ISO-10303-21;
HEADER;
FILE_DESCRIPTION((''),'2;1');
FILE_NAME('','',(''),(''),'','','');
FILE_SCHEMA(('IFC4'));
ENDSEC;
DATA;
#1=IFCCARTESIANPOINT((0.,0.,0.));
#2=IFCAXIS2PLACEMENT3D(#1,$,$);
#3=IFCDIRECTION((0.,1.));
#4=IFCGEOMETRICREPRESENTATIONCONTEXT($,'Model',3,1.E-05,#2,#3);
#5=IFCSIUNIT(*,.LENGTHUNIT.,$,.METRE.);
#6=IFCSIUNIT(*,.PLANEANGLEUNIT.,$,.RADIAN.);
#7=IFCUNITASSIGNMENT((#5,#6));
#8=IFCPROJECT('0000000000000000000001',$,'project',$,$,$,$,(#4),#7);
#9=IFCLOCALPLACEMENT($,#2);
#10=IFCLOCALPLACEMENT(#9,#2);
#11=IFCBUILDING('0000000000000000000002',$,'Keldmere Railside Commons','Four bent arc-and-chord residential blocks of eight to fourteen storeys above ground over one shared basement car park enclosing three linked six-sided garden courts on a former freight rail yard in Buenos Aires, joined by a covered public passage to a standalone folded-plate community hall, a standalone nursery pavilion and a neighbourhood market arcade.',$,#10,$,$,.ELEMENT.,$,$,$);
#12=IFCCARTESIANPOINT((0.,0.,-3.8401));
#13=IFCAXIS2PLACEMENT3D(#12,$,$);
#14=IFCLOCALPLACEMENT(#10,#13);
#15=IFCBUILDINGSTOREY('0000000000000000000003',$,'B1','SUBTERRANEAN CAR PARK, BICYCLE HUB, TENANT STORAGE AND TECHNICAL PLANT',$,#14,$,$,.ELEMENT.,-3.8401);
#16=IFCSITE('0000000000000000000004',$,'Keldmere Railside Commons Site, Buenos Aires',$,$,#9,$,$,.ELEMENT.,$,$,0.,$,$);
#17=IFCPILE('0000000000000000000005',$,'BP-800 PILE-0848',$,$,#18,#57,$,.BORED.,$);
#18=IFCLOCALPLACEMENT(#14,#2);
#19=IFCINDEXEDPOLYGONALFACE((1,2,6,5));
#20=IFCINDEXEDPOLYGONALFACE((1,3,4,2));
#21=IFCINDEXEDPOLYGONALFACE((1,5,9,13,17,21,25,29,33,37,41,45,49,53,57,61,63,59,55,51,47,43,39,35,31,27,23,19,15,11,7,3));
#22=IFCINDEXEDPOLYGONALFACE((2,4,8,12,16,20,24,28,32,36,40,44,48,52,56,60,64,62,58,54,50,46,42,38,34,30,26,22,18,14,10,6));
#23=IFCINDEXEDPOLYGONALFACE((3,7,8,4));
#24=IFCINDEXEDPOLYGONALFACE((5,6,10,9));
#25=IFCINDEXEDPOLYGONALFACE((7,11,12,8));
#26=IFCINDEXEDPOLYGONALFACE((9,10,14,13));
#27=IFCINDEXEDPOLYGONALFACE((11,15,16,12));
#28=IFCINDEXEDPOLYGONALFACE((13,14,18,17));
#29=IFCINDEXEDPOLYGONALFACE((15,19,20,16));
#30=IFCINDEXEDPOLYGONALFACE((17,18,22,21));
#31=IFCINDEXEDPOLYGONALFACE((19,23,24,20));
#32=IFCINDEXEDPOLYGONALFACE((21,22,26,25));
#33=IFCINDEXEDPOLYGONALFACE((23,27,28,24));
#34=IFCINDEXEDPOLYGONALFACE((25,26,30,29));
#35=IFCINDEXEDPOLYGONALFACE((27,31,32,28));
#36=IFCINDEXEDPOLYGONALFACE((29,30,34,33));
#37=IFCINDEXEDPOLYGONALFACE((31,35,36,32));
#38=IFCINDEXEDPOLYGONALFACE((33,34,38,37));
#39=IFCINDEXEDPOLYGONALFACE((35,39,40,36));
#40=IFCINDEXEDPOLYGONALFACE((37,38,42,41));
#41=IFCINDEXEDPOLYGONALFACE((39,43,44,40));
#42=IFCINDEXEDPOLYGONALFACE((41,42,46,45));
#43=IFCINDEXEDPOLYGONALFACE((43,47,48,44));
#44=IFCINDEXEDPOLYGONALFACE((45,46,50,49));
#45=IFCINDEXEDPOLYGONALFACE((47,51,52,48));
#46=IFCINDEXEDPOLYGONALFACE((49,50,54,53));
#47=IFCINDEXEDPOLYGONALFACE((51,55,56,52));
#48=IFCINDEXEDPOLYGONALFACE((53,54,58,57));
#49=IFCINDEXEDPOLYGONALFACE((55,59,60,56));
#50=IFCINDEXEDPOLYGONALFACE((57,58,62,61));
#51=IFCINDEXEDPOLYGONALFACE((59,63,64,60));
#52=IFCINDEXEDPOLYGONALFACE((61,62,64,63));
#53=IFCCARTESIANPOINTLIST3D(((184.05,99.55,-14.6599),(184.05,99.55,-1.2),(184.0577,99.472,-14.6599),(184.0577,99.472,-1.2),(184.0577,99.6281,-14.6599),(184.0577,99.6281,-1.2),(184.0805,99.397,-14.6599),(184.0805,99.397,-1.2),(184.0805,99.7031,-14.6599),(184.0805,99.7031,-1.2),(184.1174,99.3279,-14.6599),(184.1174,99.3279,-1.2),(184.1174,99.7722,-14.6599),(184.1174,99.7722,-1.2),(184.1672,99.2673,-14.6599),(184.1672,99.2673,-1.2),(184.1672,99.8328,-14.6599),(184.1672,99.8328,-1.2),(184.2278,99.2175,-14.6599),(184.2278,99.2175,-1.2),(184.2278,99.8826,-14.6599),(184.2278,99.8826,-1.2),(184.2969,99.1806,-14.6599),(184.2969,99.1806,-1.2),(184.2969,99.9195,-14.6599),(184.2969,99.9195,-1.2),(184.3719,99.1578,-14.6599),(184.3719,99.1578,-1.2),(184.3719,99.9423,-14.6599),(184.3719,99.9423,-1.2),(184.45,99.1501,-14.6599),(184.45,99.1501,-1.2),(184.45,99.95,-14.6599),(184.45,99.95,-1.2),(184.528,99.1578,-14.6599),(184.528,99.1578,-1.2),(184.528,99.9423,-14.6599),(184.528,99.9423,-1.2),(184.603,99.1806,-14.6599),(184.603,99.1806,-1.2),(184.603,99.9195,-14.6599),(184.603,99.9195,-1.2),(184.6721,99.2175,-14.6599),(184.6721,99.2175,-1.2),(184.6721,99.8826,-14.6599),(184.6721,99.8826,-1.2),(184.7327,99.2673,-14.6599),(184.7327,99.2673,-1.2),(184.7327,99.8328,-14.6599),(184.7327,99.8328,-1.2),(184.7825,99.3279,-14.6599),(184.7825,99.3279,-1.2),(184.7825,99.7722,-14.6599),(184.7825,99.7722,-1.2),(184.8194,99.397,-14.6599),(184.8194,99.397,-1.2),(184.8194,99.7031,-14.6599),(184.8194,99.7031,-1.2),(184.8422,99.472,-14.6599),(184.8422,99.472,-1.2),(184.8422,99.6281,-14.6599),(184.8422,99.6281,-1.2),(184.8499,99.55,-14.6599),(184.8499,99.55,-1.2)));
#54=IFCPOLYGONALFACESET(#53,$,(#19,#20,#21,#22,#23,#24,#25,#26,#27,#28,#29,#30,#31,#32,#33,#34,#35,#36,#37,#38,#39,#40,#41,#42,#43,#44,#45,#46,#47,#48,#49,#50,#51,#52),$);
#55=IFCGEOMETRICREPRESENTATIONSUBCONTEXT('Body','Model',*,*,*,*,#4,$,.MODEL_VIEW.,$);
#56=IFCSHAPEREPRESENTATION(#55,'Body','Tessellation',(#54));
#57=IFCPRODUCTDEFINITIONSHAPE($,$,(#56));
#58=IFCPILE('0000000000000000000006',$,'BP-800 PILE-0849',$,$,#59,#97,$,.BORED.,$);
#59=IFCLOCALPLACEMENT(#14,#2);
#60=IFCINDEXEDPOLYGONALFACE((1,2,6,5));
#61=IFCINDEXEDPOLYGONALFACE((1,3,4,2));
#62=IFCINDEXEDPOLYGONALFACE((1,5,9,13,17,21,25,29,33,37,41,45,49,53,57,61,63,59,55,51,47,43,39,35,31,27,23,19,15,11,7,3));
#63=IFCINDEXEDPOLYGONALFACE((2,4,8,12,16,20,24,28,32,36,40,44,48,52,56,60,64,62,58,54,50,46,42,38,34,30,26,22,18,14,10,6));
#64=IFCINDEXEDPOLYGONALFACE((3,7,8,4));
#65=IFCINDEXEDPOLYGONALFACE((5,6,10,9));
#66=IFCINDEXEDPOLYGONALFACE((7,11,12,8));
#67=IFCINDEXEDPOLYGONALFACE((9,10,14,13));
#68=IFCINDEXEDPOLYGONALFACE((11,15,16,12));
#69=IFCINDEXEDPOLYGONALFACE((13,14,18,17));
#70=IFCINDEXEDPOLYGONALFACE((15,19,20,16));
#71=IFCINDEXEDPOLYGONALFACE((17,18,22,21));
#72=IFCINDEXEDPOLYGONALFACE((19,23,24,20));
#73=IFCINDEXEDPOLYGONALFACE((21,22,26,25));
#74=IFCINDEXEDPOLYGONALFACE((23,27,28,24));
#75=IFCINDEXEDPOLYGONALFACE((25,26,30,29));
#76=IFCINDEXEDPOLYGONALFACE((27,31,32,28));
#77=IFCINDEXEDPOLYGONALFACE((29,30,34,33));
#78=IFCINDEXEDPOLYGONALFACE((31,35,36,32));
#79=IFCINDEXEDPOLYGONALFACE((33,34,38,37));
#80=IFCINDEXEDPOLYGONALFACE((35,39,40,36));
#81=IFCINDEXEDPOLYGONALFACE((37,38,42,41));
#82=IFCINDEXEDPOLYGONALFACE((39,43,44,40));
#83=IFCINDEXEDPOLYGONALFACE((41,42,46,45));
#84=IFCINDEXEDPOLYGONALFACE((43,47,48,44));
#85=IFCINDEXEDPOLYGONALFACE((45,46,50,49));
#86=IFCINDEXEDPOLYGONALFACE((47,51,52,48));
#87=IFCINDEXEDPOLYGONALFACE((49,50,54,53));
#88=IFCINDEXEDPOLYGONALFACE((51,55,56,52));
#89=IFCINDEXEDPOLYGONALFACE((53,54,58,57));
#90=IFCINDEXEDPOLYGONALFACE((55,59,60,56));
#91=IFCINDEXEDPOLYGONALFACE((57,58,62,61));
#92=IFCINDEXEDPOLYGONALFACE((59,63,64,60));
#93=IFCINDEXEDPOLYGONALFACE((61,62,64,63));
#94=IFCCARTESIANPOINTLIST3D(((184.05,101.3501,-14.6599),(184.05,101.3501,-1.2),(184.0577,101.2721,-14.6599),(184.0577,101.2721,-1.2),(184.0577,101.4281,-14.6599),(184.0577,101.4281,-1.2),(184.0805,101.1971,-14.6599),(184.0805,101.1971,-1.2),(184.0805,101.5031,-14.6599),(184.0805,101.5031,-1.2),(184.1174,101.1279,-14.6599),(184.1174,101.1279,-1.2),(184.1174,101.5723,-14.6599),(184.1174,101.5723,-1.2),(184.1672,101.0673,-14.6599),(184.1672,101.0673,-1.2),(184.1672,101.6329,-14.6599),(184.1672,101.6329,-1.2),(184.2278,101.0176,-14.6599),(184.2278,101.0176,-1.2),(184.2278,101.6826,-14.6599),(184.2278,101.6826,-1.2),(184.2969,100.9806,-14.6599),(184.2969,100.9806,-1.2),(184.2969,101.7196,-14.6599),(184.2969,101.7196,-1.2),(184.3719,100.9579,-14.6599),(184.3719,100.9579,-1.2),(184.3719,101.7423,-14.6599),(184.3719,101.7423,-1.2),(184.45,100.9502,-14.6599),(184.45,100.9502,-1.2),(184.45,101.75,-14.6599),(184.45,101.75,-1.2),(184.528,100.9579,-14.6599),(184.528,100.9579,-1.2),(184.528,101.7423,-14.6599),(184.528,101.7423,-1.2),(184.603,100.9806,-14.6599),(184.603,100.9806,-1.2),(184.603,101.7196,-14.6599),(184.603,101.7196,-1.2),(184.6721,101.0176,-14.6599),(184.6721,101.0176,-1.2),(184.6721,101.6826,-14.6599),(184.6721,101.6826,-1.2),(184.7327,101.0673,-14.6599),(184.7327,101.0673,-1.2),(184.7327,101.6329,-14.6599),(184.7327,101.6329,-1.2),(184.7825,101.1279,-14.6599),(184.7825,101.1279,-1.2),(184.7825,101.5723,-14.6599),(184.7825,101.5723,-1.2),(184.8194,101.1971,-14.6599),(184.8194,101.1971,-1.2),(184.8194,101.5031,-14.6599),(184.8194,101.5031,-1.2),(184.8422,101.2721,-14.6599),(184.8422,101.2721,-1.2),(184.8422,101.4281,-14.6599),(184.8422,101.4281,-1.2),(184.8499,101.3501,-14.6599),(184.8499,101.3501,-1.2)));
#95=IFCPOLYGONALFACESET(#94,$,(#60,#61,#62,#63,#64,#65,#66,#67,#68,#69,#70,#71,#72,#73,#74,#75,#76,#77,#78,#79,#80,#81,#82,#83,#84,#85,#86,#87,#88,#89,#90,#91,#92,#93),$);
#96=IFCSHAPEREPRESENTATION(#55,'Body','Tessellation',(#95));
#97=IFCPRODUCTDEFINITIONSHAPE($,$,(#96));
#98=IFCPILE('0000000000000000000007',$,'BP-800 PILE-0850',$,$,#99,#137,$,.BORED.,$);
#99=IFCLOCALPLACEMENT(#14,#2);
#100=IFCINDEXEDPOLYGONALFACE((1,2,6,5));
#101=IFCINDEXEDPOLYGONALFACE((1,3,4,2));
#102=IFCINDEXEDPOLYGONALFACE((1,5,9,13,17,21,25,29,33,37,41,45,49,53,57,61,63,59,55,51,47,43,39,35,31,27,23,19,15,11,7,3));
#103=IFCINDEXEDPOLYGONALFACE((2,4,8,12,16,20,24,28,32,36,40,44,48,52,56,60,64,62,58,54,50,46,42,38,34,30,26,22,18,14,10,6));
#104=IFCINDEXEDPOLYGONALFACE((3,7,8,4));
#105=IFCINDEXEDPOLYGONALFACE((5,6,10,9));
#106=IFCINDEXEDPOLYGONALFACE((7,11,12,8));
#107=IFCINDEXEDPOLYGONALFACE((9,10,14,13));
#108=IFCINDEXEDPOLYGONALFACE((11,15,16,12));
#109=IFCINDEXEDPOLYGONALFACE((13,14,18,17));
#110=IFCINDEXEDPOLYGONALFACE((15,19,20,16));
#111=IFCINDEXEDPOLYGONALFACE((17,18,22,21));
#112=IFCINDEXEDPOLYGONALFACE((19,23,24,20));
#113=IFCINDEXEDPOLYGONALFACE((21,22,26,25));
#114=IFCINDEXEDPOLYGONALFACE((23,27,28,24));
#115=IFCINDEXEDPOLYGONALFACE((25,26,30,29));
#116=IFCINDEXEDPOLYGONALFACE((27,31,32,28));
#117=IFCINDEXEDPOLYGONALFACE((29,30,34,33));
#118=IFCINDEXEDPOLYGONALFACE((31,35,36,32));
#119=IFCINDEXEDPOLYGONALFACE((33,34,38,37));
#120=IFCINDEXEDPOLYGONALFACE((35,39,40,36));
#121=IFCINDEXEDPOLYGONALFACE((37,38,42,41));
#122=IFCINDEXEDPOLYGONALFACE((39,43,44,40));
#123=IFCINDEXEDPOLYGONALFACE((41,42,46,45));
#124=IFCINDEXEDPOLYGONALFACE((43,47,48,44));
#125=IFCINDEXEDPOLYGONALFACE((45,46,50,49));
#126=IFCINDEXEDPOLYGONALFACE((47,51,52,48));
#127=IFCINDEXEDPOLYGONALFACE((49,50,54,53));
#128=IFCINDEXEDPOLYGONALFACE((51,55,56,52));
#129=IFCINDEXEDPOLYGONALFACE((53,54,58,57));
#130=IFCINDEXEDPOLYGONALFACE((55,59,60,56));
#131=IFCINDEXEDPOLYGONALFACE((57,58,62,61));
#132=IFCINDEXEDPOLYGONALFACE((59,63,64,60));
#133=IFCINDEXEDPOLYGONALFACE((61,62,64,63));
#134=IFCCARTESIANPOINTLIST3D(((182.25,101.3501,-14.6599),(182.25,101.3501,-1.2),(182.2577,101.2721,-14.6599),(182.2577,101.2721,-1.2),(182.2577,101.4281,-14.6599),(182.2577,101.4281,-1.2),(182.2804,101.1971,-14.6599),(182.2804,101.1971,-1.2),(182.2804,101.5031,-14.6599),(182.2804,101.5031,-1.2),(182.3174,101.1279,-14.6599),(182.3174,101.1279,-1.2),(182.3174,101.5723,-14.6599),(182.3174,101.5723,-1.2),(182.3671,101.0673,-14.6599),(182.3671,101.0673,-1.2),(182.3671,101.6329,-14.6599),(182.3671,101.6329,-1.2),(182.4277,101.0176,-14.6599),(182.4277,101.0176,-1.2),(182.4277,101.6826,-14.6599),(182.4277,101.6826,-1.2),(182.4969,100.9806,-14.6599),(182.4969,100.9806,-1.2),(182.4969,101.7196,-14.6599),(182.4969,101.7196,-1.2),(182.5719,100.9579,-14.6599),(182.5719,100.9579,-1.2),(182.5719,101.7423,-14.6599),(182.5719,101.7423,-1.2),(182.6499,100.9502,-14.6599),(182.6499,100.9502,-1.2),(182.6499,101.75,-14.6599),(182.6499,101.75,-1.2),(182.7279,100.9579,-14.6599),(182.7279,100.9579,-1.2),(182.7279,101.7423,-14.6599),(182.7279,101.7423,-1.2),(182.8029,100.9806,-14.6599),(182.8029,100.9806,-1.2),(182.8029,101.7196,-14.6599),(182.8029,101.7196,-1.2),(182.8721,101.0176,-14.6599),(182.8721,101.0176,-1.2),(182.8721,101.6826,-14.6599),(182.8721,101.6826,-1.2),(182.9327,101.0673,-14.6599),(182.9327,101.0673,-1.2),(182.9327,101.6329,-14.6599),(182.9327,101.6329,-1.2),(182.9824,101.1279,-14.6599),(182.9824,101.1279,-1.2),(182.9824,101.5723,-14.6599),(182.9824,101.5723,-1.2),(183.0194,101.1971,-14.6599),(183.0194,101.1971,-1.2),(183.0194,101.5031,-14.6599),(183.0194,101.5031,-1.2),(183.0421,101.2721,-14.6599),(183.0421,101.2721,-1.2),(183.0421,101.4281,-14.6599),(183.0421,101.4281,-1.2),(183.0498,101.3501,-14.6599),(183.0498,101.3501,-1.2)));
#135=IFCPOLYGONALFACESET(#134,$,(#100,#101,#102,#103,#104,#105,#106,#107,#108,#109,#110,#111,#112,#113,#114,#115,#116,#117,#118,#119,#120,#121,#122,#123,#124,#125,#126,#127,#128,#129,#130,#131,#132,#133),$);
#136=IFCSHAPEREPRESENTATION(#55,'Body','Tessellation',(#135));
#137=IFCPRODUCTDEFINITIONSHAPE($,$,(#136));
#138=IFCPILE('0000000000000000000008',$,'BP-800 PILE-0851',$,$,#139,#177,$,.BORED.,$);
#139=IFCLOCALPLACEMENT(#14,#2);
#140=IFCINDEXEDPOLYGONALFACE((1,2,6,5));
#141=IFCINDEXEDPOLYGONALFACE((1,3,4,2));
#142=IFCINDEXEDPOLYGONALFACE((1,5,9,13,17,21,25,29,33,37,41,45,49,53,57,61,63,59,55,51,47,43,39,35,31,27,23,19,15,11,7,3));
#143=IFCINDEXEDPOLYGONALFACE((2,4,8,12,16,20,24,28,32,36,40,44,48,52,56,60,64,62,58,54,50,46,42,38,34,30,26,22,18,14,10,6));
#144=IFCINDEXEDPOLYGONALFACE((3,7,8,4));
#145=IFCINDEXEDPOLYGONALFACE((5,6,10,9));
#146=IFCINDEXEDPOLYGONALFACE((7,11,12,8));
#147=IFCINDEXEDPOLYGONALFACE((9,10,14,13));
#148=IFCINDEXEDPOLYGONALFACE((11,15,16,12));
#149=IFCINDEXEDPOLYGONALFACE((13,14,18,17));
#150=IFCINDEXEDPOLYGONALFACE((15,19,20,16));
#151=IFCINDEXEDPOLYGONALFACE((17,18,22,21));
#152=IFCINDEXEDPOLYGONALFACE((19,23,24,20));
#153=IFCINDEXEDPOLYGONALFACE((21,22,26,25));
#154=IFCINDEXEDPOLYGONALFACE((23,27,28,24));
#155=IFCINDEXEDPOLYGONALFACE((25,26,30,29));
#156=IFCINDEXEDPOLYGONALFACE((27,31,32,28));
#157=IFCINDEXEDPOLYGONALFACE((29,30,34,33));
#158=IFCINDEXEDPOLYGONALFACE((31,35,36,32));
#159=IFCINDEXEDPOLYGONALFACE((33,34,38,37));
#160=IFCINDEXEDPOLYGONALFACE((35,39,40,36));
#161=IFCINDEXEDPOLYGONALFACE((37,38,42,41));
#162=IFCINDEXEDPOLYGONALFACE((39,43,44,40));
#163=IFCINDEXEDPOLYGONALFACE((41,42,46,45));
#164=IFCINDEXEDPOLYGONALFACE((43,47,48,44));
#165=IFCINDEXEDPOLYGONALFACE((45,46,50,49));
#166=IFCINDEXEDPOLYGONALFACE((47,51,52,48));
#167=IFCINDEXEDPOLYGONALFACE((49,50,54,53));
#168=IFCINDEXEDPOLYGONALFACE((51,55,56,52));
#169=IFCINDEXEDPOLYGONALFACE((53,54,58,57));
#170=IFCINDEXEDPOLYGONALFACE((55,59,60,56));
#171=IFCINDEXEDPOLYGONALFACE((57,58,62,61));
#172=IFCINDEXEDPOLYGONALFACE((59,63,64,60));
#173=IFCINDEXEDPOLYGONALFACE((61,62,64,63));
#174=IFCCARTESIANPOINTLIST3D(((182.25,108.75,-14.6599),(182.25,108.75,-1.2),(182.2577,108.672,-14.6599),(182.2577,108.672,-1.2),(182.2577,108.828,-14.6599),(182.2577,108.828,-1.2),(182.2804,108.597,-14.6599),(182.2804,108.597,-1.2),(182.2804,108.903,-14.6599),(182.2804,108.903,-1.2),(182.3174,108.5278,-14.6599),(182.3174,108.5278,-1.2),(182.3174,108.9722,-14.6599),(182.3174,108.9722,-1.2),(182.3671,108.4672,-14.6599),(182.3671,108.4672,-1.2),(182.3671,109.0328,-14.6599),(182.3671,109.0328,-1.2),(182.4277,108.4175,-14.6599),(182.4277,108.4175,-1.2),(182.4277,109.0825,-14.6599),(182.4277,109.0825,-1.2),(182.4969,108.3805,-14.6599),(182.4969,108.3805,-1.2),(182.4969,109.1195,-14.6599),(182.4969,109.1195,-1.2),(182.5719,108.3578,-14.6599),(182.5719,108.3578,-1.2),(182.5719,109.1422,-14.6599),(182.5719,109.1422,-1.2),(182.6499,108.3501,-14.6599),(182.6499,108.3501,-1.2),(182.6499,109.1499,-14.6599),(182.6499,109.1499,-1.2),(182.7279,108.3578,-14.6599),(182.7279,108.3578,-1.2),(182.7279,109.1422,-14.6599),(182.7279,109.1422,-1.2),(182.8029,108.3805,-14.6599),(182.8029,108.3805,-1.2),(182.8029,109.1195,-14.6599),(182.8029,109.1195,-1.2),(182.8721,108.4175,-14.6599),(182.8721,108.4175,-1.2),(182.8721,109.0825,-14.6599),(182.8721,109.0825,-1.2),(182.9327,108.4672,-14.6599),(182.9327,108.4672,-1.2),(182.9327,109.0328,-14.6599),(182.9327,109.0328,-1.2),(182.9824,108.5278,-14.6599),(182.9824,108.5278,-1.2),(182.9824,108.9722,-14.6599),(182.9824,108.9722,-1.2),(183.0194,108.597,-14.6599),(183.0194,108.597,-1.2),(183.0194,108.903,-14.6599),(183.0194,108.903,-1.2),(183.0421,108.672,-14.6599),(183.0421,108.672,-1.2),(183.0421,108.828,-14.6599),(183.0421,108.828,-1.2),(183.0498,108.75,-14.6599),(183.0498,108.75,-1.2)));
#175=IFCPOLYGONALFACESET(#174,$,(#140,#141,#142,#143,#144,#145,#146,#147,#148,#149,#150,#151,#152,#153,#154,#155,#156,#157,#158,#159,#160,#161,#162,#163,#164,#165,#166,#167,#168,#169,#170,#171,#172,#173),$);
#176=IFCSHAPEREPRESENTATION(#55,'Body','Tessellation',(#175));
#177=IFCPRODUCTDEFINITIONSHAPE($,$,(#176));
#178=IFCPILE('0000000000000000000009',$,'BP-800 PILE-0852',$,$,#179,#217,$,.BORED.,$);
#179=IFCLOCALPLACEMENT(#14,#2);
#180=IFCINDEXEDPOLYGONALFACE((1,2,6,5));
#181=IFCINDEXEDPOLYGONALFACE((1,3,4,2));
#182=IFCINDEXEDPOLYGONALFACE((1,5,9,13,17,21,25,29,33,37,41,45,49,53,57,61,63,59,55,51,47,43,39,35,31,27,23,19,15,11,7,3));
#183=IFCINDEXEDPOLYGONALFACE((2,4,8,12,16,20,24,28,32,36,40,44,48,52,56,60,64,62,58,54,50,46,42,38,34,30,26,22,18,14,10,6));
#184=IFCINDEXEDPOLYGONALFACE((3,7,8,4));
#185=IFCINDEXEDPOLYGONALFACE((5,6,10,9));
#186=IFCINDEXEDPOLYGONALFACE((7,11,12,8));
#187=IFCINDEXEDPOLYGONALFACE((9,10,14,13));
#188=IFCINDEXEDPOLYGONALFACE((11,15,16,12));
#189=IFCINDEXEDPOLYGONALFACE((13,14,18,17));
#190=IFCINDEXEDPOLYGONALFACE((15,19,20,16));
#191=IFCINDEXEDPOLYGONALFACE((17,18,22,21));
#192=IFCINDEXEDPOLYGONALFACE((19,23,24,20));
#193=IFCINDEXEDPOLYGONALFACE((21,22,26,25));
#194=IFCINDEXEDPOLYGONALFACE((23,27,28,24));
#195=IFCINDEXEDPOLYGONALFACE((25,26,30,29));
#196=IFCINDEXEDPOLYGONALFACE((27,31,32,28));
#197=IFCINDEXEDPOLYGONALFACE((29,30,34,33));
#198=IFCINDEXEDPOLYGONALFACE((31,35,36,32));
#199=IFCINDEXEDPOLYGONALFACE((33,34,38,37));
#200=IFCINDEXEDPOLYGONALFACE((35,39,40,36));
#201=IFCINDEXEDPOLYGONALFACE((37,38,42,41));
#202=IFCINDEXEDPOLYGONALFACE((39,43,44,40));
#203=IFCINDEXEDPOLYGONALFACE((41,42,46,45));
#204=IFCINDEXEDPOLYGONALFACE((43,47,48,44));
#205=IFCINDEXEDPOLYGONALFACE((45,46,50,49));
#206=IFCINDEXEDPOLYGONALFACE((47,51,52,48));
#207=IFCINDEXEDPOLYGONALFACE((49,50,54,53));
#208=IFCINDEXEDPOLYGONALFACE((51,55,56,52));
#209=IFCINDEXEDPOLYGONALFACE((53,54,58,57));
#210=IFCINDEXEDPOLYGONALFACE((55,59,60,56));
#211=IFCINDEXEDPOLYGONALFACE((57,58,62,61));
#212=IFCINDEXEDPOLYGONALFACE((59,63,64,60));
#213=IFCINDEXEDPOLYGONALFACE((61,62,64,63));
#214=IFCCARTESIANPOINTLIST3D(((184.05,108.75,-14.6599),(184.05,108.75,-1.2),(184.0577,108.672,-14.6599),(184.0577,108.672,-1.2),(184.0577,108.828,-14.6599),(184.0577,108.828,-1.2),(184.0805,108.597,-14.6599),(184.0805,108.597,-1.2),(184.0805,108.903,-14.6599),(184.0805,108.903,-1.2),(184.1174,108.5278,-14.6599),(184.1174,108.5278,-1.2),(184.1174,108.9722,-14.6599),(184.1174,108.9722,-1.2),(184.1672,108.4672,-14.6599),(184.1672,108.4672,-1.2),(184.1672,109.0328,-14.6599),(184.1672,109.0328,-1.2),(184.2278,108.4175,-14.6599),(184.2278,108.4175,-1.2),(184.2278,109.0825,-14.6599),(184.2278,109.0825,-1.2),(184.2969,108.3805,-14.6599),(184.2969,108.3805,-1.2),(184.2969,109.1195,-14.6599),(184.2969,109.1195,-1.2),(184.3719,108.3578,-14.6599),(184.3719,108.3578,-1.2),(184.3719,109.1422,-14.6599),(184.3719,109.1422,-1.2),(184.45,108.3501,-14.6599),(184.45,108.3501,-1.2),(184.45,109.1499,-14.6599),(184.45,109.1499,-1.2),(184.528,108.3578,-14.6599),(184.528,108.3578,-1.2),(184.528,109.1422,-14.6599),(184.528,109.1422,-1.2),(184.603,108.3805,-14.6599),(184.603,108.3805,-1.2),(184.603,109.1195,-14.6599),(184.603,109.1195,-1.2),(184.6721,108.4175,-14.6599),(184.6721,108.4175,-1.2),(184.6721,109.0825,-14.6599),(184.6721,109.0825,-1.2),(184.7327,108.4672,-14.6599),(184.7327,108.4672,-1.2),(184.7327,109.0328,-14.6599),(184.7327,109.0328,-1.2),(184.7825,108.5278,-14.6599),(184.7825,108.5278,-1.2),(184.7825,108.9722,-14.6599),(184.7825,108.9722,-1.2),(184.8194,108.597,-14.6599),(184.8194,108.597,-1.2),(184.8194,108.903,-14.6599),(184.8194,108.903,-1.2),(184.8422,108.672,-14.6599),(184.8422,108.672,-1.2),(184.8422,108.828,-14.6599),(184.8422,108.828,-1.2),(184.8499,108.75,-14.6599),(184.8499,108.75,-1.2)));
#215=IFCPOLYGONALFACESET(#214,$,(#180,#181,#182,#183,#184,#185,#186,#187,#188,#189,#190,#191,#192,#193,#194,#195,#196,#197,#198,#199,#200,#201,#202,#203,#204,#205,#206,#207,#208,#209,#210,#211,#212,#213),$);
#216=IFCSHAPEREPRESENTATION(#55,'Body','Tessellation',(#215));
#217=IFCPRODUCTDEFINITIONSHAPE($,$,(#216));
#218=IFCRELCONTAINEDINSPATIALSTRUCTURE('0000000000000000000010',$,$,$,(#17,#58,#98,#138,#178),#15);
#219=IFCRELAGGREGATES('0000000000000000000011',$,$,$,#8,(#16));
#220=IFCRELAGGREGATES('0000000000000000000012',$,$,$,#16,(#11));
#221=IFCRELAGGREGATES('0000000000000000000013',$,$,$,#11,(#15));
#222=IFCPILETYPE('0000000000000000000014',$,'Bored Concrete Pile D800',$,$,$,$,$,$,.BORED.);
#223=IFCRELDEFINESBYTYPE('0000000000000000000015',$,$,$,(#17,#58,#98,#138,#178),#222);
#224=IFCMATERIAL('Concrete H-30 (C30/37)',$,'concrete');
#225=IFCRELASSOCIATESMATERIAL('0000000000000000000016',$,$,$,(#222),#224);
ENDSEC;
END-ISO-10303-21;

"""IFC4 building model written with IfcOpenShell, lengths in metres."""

from ifc_helpers import new_model, si_unit, direction, frame, origin, origin_2d, place, context, subcontext, project, spatial, circle, extrude, material, material_profile, profile_set, type_object, element, save


model = new_model("IFC4")

# Units and contexts
model_context = context("Model", 3, precision=1e-05, world=origin(), true_north=direction((0.0, 1.0)))
body_context = subcontext(model_context, "Body", "Model", "MODEL_VIEW")
ifc_project = project(units=[si_unit("LENGTHUNIT", "METRE"), si_unit("PLANEANGLEUNIT", "RADIAN")], contexts=[model_context])

# Site, building, storey
site_placement = place(None, origin())
site = spatial("IfcSite", under=ifc_project, at=site_placement, Name="Keldmere Railside Commons Site, Buenos Aires", CompositionType="ELEMENT", RefElevation=0.0)
building_placement = place(site_placement, origin())
building = spatial("IfcBuilding", under=site, at=building_placement, Name="Keldmere Railside Commons", Description="Four bent arc-and-chord residential blocks of eight to fourteen storeys above ground over one shared basement car park enclosing three linked six-sided garden courts on a former freight rail yard in Buenos Aires, joined by a covered public passage to a standalone folded-plate community hall, a standalone nursery pavilion and a neighbourhood market arcade.", CompositionType="ELEMENT")
storey_placement = place(building_placement, frame((0.0, 0.0, -3.8401)))
storey = spatial("IfcBuildingStorey", under=building, at=storey_placement, Name="B1", Description="SUBTERRANEAN CAR PARK, BICYCLE HUB, TENANT STORAGE AND TECHNICAL PLANT", CompositionType="ELEMENT", Elevation=-3.8401)

# Piles
ifc_material_1 = material(Name="Concrete H-30 (C30/37)", Category="concrete")
ifc_material_profile_1 = material_profile(ifc_material_1, circle(Radius=0.3999, at=origin_2d()), Name="PILE-D800")
ifc_profile_set_1 = profile_set([ifc_material_profile_1], Name="Concrete H-30 (C30/37)")
pile_type_1 = type_object("IfcPileType", Name="Bored Concrete Pile D800", PredefinedType="BORED", material=ifc_profile_set_1)
for number, where, z_axis, x_axis, name in (
    (1, (184.45, 99.55, -1.2), (0.0, 0.0, -1.0), (1.0, 0.0, 0.0), "BP-800 PILE-0848"),
    (2, (184.45, 101.3501, -1.2), (0.0, 0.0, -1.0), (1.0, 0.0, 0.0), "BP-800 PILE-0849"),
    (3, (182.6499, 101.3501, -1.2), (0.0, 0.0, -1.0), (1.0, 0.0, 0.0), "BP-800 PILE-0850"),
    (4, (182.6499, 108.75, -1.2), (0.0, 0.0, -1.0), (1.0, 0.0, 0.0), "BP-800 PILE-0851"),
    (5, (184.45, 108.75, -1.2), (0.0, 0.0, -1.0), (1.0, 0.0, 0.0), "BP-800 PILE-0852"),
):
    element("IfcPile", number, at=place(storey_placement, frame(where, z_axis=z_axis, x_axis=x_axis)), inside=storey, type_object=pile_type_1, Name=name, PredefinedType="BORED", context=body_context, shape_type="SweptSolid", body=[
        extrude(circle(Radius=0.3999, at=origin_2d()), origin(), (0.0, 0.0, 1.0), 13.46),
    ])

save(model, "model.ifc")
